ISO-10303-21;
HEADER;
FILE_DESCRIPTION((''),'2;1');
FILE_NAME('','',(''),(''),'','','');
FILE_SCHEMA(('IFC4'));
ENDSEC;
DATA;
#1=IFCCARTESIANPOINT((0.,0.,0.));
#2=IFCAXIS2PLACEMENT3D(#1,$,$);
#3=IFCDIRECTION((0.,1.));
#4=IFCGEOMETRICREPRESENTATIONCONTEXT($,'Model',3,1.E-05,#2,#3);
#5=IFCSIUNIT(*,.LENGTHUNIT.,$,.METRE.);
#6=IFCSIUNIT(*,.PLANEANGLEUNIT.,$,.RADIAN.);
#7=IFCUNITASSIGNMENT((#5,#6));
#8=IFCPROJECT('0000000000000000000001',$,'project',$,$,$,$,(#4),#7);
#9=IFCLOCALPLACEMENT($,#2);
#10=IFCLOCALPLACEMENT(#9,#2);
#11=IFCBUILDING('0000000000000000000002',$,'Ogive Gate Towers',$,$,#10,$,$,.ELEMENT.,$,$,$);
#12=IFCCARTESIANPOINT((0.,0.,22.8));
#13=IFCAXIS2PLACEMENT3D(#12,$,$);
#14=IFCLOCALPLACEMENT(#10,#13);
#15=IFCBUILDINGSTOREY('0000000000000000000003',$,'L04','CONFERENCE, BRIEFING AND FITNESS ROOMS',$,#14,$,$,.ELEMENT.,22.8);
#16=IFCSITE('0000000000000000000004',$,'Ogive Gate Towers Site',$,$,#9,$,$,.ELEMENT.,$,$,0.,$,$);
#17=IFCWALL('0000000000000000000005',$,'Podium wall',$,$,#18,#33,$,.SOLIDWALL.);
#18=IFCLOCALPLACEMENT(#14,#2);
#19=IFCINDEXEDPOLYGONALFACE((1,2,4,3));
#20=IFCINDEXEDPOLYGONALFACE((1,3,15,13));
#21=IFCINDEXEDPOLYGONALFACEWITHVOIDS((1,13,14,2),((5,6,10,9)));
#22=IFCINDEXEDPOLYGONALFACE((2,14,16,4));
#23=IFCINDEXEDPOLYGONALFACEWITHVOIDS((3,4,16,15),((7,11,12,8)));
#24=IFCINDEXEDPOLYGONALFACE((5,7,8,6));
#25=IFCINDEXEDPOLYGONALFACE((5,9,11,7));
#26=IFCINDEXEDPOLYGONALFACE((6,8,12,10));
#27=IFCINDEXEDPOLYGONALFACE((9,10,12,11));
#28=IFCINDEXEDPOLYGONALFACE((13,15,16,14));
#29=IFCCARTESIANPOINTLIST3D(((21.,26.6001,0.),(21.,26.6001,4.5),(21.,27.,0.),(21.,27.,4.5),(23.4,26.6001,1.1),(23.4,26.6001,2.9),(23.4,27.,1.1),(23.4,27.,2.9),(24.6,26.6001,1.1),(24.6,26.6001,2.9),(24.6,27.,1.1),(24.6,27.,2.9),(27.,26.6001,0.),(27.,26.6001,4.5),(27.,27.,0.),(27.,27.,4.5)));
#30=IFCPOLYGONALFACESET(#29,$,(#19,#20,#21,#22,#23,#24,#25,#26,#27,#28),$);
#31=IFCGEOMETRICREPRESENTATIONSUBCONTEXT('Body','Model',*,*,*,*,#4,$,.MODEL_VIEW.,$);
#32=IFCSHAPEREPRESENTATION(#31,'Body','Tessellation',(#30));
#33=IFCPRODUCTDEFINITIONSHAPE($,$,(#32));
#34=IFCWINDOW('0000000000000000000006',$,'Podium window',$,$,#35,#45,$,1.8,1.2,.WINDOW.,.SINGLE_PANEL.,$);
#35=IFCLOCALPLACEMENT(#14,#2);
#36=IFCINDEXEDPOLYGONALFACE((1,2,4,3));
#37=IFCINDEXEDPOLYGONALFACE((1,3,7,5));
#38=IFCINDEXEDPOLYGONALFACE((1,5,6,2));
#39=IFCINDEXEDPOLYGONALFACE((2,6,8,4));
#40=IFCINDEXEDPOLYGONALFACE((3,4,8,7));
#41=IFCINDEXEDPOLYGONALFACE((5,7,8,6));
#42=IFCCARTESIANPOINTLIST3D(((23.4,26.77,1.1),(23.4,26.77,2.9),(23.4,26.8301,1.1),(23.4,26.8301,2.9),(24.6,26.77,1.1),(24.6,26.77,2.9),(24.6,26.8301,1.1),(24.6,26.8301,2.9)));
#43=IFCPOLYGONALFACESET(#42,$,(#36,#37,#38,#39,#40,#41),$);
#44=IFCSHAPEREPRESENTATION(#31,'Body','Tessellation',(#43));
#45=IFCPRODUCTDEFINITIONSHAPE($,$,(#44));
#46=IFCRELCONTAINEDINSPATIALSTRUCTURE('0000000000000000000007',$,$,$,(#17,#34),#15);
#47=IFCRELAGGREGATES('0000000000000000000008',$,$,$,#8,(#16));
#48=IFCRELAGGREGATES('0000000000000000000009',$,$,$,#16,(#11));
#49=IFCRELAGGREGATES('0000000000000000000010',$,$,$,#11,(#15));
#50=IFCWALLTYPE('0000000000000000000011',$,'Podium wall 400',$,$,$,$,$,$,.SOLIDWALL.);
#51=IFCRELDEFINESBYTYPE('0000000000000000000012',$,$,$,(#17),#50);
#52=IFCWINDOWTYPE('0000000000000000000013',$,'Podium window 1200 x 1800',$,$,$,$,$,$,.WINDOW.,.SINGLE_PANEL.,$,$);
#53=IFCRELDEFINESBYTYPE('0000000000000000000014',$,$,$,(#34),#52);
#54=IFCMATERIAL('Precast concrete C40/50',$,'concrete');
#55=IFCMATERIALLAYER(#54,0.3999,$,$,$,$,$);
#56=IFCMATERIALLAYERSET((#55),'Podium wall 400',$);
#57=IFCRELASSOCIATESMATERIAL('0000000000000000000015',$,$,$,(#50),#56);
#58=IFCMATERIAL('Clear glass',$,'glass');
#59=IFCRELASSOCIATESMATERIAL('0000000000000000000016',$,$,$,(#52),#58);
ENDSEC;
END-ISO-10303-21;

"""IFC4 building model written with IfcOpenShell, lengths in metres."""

from ifc_helpers import new_model, si_unit, direction, frame, frame_2d, origin, place, context, subcontext, project, spatial, rectangle, extrude, material, layer, layer_set, type_object, element, fill, save


model = new_model("IFC4")

# Units and contexts
model_context = context("Model", 3, precision=1e-05, world=origin(), true_north=direction((0.0, 1.0)))
body_context = subcontext(model_context, "Body", "Model", "MODEL_VIEW")
ifc_project = project(units=[si_unit("LENGTHUNIT", "METRE"), si_unit("PLANEANGLEUNIT", "RADIAN")], contexts=[model_context])

# Site, building, storey
site_placement = place(None, origin())
site = spatial("IfcSite", under=ifc_project, at=site_placement, Name="Ogive Gate Towers Site", CompositionType="ELEMENT", RefElevation=0.0)
building_placement = place(site_placement, origin())
building = spatial("IfcBuilding", under=site, at=building_placement, Name="Ogive Gate Towers", CompositionType="ELEMENT")
storey_placement = place(building_placement, frame((0.0, 0.0, 22.8)))
storey = spatial("IfcBuildingStorey", under=building, at=storey_placement, Name="L04", Description="CONFERENCE, BRIEFING AND FITNESS ROOMS", CompositionType="ELEMENT", Elevation=22.8)

# Wall, opening, window
ifc_material_1 = material(Name="Precast concrete C40/50", Category="concrete")
ifc_layer_1 = layer(ifc_material_1, 0.3999)
ifc_layer_set_1 = layer_set([ifc_layer_1], Name="Podium wall 400")
wall_type_1 = type_object("IfcWallType", Name="Podium wall 400", PredefinedType="SOLIDWALL", material=ifc_layer_set_1)
ifc_material_2 = material(Name="Clear glass", Category="glass")
window_type = type_object("IfcWindowType", Name="Podium window 1200 x 1800", PartitioningType="SINGLE_PANEL", PredefinedType="WINDOW", material=ifc_material_2)
wall_1_placement = place(storey_placement, frame((27.0, 26.8, 0.0), z_axis=(0.0, 0.0, 1.0), x_axis=(-1.0, 0.0, 0.0)))
wall_1 = element("IfcWall", 1, at=wall_1_placement, inside=storey, type_object=wall_type_1, Name="Podium wall", PredefinedType="SOLIDWALL", context=body_context, shape_type="SweptSolid", body=[
    extrude(rectangle(XDim=6.0, YDim=0.3999, at=frame_2d((3.0, 0.0))), origin(), (0.0, 0.0, 1.0), 4.5),
])
opening_1_placement = place(wall_1_placement, frame((2.3999, 0.0, 1.1001)))
opening_1 = element("IfcOpeningElement", 2, at=opening_1_placement, cuts=wall_1, PredefinedType="OPENING", context=body_context, shape_type="SweptSolid", body=[
    extrude(rectangle(XDim=1.2, YDim=1.8, at=frame_2d((0.6001, 0.8999))), frame((0.0, 0.21, 0.0), z_axis=(0.0, -1.0, 0.0), x_axis=(1.0, 0.0, 0.0)), (0.0, 0.0, 1.0), 0.4199),
])
window_1_placement = place(opening_1_placement, origin())
window_1 = element("IfcWindow", 3, at=window_1_placement, inside=storey, type_object=window_type, Name="Podium window", OverallHeight=1.8, OverallWidth=1.2, PartitioningType="SINGLE_PANEL", PredefinedType="WINDOW", context=body_context, shape_type="SweptSolid", body=[
    extrude(rectangle(XDim=1.2, YDim=1.8, at=frame_2d((0.6001, 0.8999))), frame((0.0, 0.03, 0.0), z_axis=(0.0, -1.0, 0.0), x_axis=(1.0, 0.0, 0.0)), (0.0, 0.0, 1.0), 0.0601),
])
fill(opening_1, window_1)

save(model, "model.ifc")
